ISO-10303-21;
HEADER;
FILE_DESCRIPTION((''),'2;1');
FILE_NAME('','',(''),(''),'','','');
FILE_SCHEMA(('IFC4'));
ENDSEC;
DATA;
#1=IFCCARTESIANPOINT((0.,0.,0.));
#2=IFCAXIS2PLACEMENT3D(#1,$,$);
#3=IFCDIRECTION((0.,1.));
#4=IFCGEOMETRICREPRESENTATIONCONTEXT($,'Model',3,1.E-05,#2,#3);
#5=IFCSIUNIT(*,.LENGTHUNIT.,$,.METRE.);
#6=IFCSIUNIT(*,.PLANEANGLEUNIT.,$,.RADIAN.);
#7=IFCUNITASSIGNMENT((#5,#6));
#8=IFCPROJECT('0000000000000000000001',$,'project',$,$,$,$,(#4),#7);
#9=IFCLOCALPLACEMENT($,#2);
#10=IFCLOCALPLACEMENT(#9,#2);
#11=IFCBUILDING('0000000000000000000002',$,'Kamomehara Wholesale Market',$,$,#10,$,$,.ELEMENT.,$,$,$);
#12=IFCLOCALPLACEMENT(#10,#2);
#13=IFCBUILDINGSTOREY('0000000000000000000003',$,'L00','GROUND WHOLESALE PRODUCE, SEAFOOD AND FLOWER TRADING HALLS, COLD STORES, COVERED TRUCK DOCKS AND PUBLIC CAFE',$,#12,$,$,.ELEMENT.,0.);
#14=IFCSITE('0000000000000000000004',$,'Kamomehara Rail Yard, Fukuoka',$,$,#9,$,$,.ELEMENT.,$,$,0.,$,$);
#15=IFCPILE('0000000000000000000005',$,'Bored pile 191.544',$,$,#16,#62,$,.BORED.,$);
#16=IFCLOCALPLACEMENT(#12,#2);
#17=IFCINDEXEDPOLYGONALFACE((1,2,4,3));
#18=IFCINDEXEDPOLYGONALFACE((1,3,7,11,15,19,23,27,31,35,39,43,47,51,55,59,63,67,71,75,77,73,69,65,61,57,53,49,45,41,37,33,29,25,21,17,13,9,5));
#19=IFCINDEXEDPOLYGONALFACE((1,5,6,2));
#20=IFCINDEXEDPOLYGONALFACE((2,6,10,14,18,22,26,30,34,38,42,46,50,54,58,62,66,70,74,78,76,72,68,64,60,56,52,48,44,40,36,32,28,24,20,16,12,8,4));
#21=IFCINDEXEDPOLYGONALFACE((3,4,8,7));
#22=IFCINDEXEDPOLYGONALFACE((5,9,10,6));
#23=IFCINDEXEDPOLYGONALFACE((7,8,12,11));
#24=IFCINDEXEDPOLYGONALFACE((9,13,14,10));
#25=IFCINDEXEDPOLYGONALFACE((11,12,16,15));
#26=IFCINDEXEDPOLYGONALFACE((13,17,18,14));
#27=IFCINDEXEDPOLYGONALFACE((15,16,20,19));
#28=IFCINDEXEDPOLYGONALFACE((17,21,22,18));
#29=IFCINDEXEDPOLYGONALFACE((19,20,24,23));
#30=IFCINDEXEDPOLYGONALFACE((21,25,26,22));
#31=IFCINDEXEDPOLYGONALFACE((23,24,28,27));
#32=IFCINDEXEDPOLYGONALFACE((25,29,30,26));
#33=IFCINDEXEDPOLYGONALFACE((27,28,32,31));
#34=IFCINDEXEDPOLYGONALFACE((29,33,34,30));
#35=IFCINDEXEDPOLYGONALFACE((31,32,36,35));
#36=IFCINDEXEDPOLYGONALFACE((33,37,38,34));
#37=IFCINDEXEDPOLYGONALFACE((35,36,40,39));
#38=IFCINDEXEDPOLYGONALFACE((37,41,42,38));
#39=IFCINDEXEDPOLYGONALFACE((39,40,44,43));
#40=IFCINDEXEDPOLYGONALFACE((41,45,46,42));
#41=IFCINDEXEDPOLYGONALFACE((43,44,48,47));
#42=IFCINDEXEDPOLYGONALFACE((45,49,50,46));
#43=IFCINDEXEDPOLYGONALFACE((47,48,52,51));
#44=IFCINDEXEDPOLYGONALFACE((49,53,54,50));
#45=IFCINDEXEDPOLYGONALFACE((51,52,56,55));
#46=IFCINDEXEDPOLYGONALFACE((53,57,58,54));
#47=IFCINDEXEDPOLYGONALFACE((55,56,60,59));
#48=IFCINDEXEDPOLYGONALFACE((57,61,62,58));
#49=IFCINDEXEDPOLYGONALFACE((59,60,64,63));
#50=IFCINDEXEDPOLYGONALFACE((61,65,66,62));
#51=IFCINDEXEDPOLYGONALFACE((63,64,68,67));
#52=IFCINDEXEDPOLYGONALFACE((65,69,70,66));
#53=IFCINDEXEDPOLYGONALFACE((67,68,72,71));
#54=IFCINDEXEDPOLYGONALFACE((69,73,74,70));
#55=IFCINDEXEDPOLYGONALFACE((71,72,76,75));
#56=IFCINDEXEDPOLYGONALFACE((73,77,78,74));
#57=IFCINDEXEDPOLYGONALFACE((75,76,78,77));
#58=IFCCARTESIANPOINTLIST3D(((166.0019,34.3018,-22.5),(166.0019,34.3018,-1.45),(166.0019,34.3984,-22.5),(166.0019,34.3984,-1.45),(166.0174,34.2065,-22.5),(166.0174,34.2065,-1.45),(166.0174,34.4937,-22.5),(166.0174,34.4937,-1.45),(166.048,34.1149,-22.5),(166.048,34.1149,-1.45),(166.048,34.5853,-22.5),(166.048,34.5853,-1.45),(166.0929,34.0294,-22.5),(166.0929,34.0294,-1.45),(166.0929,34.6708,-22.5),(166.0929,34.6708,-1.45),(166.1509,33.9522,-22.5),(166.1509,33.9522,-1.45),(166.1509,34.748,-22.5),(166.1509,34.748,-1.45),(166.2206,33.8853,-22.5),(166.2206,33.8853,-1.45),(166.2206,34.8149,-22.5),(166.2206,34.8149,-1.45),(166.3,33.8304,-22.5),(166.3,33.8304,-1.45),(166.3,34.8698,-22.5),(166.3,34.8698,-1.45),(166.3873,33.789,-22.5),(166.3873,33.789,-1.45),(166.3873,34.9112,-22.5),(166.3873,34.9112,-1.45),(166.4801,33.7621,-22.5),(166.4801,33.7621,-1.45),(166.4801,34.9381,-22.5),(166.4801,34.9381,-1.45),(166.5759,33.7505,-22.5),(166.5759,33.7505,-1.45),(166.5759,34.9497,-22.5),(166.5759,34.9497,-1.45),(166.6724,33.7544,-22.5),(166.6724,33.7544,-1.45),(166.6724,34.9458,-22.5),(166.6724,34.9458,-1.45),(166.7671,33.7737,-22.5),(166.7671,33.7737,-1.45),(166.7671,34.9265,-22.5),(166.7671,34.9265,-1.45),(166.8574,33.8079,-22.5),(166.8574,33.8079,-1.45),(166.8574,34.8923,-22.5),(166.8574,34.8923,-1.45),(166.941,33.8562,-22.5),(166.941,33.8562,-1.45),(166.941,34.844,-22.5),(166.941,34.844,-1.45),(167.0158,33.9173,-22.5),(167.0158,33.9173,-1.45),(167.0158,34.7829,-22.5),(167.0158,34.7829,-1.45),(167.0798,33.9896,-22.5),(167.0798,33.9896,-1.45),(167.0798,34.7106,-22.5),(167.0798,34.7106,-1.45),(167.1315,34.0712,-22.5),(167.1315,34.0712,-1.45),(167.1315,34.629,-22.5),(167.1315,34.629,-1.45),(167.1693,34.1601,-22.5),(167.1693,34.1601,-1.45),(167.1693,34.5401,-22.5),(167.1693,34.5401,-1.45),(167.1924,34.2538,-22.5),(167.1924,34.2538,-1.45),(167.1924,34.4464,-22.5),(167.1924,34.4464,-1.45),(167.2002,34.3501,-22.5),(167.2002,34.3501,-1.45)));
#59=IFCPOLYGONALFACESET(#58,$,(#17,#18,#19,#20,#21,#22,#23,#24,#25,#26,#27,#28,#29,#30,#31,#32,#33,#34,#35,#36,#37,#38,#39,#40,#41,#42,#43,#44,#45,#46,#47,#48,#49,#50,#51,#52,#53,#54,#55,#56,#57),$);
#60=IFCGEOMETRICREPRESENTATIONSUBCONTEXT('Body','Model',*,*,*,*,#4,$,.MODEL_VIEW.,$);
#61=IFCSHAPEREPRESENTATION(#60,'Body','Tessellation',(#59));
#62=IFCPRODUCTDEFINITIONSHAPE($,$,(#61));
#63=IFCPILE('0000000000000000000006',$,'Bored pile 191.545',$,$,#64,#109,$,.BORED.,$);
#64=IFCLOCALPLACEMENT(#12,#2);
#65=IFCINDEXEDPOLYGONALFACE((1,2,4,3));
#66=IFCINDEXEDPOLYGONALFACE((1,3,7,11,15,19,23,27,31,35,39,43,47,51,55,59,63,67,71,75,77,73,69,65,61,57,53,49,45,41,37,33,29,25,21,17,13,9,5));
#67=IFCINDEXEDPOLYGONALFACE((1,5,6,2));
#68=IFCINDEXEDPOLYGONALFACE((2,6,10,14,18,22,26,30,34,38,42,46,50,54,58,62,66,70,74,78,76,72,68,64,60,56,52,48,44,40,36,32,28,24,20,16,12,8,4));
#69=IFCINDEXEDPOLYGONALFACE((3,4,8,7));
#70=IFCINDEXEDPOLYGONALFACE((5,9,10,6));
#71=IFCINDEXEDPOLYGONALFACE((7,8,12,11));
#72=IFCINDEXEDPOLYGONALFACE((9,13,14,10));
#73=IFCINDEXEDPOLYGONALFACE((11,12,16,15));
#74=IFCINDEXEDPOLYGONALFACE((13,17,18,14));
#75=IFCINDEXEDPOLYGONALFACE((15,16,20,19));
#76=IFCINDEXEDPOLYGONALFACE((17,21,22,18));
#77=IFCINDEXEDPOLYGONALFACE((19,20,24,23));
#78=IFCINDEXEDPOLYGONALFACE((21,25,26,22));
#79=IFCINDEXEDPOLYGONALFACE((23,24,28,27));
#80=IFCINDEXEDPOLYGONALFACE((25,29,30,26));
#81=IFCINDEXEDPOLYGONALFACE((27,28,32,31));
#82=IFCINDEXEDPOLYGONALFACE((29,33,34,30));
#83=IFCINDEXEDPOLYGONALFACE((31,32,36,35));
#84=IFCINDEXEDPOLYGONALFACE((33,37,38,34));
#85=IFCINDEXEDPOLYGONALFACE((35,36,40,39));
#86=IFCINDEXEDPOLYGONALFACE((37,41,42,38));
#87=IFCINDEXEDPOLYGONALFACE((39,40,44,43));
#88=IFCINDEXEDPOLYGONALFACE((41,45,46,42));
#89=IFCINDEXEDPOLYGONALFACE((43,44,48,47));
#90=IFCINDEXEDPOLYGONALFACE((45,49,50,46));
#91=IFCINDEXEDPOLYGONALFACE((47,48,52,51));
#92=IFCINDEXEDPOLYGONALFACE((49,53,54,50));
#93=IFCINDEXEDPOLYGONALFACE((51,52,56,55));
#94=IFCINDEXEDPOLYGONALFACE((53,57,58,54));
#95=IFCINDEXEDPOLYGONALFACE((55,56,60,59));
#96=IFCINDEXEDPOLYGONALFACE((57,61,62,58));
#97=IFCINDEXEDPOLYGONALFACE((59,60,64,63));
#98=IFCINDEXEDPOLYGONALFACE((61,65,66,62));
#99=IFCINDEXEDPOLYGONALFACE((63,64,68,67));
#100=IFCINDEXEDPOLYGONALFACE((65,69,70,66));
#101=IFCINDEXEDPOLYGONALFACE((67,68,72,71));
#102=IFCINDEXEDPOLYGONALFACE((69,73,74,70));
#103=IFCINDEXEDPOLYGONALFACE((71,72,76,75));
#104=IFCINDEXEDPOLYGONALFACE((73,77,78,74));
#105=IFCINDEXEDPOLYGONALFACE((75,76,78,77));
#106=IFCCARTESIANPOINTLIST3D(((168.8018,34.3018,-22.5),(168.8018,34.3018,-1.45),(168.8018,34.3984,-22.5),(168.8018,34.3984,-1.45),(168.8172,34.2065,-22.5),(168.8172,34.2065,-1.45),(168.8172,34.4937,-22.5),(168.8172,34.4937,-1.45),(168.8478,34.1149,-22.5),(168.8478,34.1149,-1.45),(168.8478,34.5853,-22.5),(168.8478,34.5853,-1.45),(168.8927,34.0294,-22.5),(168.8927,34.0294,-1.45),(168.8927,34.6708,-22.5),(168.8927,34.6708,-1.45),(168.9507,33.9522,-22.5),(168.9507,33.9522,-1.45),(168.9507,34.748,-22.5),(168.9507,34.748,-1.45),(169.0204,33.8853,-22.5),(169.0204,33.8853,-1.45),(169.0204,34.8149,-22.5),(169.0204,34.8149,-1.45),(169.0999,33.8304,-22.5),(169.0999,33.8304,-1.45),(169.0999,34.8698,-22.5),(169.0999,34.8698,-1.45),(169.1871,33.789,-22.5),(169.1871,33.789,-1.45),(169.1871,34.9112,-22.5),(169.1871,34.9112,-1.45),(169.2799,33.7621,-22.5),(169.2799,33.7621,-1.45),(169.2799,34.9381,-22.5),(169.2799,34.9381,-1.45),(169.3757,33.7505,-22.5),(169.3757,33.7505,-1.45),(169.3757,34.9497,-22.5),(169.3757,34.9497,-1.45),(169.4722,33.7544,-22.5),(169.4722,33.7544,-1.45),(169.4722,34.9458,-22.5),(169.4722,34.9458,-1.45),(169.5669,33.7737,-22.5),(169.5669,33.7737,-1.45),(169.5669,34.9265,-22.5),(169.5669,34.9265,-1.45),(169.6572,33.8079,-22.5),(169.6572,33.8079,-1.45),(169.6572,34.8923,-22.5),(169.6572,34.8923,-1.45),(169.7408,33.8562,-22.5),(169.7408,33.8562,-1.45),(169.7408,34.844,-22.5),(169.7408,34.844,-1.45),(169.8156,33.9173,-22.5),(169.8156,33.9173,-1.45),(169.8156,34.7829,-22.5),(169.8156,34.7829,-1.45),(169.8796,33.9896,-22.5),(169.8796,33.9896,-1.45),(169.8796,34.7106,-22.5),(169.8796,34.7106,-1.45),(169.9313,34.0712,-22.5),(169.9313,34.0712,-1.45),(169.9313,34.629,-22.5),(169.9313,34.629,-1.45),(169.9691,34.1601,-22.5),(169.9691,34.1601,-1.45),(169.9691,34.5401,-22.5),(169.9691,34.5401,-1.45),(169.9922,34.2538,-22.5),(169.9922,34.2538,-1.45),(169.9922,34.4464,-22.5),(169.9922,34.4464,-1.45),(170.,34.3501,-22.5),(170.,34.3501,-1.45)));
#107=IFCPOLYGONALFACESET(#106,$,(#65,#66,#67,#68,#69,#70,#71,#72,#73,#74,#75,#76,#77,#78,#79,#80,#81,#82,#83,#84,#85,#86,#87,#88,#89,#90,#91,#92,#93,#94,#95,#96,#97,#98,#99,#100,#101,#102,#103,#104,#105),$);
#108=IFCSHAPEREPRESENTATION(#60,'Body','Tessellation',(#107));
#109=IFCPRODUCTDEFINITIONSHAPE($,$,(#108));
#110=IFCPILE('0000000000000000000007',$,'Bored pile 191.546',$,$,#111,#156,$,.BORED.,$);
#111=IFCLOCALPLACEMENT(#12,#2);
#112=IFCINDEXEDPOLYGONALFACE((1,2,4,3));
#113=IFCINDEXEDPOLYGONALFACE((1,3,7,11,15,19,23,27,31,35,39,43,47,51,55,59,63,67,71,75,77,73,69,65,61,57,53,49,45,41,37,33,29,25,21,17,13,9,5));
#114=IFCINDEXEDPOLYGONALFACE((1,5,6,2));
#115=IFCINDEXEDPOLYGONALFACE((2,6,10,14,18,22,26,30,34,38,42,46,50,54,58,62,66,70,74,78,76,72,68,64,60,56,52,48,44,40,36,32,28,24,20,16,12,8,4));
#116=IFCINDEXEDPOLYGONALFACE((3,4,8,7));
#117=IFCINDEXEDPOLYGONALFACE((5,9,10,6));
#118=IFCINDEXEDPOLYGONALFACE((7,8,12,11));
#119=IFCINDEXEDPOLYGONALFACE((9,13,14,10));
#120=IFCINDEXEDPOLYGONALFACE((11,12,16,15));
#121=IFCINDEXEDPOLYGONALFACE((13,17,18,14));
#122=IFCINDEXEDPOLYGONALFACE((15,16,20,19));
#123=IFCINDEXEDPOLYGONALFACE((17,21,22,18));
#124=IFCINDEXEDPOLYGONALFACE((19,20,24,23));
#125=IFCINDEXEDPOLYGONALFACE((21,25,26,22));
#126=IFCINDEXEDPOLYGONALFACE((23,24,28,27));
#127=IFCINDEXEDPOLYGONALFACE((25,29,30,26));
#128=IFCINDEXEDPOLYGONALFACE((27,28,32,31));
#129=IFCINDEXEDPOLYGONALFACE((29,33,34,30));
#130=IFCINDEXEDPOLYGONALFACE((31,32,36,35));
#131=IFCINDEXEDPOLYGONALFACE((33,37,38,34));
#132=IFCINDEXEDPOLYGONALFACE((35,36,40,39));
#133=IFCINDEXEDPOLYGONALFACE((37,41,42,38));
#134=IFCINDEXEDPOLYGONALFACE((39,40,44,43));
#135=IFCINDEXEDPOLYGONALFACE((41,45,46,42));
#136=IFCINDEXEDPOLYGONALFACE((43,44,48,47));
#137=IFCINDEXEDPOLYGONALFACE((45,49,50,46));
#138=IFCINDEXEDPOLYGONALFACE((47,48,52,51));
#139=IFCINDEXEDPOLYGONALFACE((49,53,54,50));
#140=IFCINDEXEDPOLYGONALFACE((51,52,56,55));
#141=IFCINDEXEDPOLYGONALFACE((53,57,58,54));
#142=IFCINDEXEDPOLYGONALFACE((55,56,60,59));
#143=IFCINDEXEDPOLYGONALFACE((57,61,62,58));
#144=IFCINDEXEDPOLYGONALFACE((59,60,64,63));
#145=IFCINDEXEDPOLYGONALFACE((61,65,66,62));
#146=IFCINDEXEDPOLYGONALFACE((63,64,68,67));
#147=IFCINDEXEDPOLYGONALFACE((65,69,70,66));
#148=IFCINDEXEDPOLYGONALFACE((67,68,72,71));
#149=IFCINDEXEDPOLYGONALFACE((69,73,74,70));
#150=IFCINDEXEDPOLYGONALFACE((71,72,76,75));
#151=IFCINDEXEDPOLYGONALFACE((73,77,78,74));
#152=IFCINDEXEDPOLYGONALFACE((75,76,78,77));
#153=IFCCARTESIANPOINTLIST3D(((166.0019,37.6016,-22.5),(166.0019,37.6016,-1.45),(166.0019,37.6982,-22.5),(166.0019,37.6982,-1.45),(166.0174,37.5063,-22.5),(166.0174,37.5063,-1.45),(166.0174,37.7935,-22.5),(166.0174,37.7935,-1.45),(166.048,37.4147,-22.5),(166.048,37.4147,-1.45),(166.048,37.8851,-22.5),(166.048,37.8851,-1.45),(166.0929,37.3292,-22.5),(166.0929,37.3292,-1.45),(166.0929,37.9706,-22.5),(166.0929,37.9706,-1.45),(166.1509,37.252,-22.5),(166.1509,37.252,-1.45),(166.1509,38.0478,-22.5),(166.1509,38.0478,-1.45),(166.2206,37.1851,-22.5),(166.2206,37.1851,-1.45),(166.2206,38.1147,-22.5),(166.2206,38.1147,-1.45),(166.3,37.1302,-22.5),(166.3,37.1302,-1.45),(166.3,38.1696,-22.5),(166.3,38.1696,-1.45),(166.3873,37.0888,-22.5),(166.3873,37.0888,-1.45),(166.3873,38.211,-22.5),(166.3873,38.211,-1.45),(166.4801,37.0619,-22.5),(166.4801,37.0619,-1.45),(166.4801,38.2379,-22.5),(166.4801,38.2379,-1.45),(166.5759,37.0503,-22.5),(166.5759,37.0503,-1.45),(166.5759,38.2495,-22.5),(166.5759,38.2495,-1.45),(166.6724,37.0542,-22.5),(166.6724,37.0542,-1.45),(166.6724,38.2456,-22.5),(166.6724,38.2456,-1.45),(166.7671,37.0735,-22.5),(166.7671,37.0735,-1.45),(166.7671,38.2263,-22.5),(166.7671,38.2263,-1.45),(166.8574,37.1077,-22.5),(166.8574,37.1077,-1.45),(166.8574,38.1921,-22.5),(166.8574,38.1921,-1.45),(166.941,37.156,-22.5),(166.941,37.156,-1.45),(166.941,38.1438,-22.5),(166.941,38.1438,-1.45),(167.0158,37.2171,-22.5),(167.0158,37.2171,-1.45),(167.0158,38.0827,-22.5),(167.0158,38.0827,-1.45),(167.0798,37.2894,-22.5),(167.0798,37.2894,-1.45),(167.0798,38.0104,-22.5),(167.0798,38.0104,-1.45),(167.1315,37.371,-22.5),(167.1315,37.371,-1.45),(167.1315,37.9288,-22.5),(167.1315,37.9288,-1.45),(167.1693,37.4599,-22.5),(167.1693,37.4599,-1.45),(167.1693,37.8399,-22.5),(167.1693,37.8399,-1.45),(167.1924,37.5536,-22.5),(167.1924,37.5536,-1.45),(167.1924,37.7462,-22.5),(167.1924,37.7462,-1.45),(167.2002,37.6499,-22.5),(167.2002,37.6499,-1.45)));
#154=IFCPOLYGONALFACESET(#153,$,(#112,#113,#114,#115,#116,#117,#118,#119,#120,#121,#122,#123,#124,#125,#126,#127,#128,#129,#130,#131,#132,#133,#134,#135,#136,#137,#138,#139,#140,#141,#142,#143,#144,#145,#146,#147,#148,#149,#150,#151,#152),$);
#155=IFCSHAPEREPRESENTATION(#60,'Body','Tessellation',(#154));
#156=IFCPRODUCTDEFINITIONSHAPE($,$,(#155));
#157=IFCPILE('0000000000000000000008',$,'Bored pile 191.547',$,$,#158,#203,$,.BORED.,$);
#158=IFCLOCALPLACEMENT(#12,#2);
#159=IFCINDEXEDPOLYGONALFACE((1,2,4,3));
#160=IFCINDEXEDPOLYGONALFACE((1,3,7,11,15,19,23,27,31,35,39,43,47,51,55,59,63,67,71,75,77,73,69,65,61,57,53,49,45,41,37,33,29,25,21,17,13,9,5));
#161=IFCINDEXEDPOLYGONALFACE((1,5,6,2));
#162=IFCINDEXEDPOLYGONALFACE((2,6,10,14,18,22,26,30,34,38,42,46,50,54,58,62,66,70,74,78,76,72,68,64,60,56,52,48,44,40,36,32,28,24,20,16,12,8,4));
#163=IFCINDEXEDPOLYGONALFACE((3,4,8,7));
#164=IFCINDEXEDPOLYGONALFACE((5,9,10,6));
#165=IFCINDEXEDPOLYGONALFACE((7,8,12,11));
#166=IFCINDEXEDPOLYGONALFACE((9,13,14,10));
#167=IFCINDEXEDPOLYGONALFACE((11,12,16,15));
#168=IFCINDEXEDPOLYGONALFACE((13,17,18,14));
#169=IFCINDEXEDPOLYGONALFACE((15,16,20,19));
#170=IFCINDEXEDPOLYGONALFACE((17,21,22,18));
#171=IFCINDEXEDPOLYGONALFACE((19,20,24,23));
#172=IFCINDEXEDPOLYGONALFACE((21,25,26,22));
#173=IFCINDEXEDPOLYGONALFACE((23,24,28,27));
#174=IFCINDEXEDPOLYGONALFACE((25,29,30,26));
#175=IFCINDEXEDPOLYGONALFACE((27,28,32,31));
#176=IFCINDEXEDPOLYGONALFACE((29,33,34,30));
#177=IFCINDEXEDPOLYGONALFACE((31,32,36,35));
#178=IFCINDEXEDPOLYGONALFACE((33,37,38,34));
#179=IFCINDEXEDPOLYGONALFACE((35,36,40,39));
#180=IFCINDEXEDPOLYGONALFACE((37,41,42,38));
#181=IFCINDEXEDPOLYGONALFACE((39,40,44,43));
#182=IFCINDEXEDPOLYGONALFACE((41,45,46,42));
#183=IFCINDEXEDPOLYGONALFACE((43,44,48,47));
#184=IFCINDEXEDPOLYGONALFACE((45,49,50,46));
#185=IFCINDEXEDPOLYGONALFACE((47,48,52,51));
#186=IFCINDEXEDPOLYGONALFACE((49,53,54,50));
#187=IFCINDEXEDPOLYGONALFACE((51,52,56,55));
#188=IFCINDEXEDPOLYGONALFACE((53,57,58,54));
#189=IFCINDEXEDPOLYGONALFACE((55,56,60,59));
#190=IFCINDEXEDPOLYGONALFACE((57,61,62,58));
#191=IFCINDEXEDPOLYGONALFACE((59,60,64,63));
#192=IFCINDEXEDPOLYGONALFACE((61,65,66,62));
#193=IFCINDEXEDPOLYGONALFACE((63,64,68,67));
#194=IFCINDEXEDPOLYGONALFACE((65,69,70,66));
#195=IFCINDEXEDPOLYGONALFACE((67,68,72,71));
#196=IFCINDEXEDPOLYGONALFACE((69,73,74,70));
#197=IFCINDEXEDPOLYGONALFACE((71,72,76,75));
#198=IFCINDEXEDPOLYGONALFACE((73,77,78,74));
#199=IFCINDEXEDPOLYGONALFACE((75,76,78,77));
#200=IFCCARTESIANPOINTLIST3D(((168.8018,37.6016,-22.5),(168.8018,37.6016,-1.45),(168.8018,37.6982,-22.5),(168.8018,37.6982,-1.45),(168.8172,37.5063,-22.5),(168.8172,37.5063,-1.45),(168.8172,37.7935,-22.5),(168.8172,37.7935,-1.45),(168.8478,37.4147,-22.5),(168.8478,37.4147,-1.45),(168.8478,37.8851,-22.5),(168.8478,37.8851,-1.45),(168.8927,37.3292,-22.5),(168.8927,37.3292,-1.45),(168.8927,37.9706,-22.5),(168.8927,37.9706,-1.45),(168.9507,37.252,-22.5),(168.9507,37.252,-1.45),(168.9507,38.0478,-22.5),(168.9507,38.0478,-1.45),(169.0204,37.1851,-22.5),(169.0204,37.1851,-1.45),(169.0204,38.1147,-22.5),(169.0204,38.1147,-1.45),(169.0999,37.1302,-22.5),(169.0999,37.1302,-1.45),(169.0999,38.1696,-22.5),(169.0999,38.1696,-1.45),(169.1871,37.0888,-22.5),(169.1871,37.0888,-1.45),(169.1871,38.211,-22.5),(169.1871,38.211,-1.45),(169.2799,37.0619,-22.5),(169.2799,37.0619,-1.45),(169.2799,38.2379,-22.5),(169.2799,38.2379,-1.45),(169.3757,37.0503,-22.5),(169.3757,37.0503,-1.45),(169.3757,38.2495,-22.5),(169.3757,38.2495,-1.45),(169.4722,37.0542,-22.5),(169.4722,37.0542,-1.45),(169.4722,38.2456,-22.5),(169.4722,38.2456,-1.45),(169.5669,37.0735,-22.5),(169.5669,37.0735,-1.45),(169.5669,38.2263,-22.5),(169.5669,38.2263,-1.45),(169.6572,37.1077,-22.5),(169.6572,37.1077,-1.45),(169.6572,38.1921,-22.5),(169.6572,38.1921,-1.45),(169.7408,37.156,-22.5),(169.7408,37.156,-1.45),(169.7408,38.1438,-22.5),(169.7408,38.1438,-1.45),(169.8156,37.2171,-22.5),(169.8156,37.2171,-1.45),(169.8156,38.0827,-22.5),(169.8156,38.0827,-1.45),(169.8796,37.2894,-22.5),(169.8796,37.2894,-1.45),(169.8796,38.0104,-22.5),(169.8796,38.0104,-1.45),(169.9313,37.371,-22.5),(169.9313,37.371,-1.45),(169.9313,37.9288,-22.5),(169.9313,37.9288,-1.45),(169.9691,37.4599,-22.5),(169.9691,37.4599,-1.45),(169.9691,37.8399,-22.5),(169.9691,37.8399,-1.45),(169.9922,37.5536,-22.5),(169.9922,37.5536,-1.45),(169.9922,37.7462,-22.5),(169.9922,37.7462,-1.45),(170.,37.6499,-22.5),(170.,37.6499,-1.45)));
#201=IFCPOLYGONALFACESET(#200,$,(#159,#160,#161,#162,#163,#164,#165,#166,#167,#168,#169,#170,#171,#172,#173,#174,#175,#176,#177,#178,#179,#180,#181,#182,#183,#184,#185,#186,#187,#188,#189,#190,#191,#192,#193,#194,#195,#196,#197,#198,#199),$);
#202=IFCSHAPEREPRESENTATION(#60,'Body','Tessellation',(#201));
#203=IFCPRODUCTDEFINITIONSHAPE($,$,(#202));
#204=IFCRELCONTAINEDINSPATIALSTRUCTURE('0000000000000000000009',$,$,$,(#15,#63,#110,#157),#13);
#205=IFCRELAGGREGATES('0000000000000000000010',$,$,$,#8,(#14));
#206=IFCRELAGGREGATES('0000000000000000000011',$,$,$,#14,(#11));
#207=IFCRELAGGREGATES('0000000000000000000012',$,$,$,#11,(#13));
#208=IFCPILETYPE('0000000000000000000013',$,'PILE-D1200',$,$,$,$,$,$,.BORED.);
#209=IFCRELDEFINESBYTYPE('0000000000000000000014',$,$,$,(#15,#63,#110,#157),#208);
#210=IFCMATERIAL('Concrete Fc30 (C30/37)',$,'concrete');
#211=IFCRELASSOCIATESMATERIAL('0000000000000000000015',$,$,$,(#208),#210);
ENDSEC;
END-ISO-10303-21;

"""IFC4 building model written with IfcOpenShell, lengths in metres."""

from ifc_helpers import new_model, si_unit, direction, frame, origin, origin_2d, place, context, subcontext, project, spatial, circle, extrude, material, material_profile, profile_set, type_object, element, save


model = new_model("IFC4")

# Units and contexts
model_context = context("Model", 3, precision=1e-05, world=origin(), true_north=direction((0.0, 1.0)))
body_context = subcontext(model_context, "Body", "Model", "MODEL_VIEW")
ifc_project = project(units=[si_unit("LENGTHUNIT", "METRE"), si_unit("PLANEANGLEUNIT", "RADIAN")], contexts=[model_context])

# Site, building, storey
site_placement = place(None, origin())
site = spatial("IfcSite", under=ifc_project, at=site_placement, Name="Kamomehara Rail Yard, Fukuoka", CompositionType="ELEMENT", RefElevation=0.0)
building_placement = place(site_placement, origin())
building = spatial("IfcBuilding", under=site, at=building_placement, Name="Kamomehara Wholesale Market", CompositionType="ELEMENT")
storey_placement = place(building_placement, origin())
storey = spatial("IfcBuildingStorey", under=building, at=storey_placement, Name="L00", Description="GROUND WHOLESALE PRODUCE, SEAFOOD AND FLOWER TRADING HALLS, COLD STORES, COVERED TRUCK DOCKS AND PUBLIC CAFE", CompositionType="ELEMENT", Elevation=0.0)

# Piles
ifc_material_1 = material(Name="Concrete Fc30 (C30/37)", Category="concrete")
ifc_material_profile_1 = material_profile(ifc_material_1, circle(Radius=0.6001, at=origin_2d()), Name="RC-PILE-D1200")
ifc_profile_set_1 = profile_set([ifc_material_profile_1], Name="Concrete Fc30 (C30/37)")
pile_type_1 = type_object("IfcPileType", Name="PILE-D1200", PredefinedType="BORED", material=ifc_profile_set_1)
for number, where, z_axis, x_axis, name in (
    (1, (166.6001, 34.3501, -1.45), (0.0, 0.0, -1.0), (1.0, 0.0, 0.0), "Bored pile 191.544"),
    (2, (169.3999, 34.3501, -1.45), (0.0, 0.0, -1.0), (1.0, 0.0, 0.0), "Bored pile 191.545"),
    (3, (166.6001, 37.6499, -1.45), (0.0, 0.0, -1.0), (1.0, 0.0, 0.0), "Bored pile 191.546"),
    (4, (169.3999, 37.6499, -1.45), (0.0, 0.0, -1.0), (1.0, 0.0, 0.0), "Bored pile 191.547"),
):
    element("IfcPile", number, at=place(storey_placement, frame(where, z_axis=z_axis, x_axis=x_axis)), inside=storey, type_object=pile_type_1, Name=name, PredefinedType="BORED", context=body_context, shape_type="SweptSolid", body=[
        extrude(circle(Radius=0.6001, at=origin_2d()), origin(), (0.0, 0.0, 1.0), 21.05),
    ])

save(model, "model.ifc")
